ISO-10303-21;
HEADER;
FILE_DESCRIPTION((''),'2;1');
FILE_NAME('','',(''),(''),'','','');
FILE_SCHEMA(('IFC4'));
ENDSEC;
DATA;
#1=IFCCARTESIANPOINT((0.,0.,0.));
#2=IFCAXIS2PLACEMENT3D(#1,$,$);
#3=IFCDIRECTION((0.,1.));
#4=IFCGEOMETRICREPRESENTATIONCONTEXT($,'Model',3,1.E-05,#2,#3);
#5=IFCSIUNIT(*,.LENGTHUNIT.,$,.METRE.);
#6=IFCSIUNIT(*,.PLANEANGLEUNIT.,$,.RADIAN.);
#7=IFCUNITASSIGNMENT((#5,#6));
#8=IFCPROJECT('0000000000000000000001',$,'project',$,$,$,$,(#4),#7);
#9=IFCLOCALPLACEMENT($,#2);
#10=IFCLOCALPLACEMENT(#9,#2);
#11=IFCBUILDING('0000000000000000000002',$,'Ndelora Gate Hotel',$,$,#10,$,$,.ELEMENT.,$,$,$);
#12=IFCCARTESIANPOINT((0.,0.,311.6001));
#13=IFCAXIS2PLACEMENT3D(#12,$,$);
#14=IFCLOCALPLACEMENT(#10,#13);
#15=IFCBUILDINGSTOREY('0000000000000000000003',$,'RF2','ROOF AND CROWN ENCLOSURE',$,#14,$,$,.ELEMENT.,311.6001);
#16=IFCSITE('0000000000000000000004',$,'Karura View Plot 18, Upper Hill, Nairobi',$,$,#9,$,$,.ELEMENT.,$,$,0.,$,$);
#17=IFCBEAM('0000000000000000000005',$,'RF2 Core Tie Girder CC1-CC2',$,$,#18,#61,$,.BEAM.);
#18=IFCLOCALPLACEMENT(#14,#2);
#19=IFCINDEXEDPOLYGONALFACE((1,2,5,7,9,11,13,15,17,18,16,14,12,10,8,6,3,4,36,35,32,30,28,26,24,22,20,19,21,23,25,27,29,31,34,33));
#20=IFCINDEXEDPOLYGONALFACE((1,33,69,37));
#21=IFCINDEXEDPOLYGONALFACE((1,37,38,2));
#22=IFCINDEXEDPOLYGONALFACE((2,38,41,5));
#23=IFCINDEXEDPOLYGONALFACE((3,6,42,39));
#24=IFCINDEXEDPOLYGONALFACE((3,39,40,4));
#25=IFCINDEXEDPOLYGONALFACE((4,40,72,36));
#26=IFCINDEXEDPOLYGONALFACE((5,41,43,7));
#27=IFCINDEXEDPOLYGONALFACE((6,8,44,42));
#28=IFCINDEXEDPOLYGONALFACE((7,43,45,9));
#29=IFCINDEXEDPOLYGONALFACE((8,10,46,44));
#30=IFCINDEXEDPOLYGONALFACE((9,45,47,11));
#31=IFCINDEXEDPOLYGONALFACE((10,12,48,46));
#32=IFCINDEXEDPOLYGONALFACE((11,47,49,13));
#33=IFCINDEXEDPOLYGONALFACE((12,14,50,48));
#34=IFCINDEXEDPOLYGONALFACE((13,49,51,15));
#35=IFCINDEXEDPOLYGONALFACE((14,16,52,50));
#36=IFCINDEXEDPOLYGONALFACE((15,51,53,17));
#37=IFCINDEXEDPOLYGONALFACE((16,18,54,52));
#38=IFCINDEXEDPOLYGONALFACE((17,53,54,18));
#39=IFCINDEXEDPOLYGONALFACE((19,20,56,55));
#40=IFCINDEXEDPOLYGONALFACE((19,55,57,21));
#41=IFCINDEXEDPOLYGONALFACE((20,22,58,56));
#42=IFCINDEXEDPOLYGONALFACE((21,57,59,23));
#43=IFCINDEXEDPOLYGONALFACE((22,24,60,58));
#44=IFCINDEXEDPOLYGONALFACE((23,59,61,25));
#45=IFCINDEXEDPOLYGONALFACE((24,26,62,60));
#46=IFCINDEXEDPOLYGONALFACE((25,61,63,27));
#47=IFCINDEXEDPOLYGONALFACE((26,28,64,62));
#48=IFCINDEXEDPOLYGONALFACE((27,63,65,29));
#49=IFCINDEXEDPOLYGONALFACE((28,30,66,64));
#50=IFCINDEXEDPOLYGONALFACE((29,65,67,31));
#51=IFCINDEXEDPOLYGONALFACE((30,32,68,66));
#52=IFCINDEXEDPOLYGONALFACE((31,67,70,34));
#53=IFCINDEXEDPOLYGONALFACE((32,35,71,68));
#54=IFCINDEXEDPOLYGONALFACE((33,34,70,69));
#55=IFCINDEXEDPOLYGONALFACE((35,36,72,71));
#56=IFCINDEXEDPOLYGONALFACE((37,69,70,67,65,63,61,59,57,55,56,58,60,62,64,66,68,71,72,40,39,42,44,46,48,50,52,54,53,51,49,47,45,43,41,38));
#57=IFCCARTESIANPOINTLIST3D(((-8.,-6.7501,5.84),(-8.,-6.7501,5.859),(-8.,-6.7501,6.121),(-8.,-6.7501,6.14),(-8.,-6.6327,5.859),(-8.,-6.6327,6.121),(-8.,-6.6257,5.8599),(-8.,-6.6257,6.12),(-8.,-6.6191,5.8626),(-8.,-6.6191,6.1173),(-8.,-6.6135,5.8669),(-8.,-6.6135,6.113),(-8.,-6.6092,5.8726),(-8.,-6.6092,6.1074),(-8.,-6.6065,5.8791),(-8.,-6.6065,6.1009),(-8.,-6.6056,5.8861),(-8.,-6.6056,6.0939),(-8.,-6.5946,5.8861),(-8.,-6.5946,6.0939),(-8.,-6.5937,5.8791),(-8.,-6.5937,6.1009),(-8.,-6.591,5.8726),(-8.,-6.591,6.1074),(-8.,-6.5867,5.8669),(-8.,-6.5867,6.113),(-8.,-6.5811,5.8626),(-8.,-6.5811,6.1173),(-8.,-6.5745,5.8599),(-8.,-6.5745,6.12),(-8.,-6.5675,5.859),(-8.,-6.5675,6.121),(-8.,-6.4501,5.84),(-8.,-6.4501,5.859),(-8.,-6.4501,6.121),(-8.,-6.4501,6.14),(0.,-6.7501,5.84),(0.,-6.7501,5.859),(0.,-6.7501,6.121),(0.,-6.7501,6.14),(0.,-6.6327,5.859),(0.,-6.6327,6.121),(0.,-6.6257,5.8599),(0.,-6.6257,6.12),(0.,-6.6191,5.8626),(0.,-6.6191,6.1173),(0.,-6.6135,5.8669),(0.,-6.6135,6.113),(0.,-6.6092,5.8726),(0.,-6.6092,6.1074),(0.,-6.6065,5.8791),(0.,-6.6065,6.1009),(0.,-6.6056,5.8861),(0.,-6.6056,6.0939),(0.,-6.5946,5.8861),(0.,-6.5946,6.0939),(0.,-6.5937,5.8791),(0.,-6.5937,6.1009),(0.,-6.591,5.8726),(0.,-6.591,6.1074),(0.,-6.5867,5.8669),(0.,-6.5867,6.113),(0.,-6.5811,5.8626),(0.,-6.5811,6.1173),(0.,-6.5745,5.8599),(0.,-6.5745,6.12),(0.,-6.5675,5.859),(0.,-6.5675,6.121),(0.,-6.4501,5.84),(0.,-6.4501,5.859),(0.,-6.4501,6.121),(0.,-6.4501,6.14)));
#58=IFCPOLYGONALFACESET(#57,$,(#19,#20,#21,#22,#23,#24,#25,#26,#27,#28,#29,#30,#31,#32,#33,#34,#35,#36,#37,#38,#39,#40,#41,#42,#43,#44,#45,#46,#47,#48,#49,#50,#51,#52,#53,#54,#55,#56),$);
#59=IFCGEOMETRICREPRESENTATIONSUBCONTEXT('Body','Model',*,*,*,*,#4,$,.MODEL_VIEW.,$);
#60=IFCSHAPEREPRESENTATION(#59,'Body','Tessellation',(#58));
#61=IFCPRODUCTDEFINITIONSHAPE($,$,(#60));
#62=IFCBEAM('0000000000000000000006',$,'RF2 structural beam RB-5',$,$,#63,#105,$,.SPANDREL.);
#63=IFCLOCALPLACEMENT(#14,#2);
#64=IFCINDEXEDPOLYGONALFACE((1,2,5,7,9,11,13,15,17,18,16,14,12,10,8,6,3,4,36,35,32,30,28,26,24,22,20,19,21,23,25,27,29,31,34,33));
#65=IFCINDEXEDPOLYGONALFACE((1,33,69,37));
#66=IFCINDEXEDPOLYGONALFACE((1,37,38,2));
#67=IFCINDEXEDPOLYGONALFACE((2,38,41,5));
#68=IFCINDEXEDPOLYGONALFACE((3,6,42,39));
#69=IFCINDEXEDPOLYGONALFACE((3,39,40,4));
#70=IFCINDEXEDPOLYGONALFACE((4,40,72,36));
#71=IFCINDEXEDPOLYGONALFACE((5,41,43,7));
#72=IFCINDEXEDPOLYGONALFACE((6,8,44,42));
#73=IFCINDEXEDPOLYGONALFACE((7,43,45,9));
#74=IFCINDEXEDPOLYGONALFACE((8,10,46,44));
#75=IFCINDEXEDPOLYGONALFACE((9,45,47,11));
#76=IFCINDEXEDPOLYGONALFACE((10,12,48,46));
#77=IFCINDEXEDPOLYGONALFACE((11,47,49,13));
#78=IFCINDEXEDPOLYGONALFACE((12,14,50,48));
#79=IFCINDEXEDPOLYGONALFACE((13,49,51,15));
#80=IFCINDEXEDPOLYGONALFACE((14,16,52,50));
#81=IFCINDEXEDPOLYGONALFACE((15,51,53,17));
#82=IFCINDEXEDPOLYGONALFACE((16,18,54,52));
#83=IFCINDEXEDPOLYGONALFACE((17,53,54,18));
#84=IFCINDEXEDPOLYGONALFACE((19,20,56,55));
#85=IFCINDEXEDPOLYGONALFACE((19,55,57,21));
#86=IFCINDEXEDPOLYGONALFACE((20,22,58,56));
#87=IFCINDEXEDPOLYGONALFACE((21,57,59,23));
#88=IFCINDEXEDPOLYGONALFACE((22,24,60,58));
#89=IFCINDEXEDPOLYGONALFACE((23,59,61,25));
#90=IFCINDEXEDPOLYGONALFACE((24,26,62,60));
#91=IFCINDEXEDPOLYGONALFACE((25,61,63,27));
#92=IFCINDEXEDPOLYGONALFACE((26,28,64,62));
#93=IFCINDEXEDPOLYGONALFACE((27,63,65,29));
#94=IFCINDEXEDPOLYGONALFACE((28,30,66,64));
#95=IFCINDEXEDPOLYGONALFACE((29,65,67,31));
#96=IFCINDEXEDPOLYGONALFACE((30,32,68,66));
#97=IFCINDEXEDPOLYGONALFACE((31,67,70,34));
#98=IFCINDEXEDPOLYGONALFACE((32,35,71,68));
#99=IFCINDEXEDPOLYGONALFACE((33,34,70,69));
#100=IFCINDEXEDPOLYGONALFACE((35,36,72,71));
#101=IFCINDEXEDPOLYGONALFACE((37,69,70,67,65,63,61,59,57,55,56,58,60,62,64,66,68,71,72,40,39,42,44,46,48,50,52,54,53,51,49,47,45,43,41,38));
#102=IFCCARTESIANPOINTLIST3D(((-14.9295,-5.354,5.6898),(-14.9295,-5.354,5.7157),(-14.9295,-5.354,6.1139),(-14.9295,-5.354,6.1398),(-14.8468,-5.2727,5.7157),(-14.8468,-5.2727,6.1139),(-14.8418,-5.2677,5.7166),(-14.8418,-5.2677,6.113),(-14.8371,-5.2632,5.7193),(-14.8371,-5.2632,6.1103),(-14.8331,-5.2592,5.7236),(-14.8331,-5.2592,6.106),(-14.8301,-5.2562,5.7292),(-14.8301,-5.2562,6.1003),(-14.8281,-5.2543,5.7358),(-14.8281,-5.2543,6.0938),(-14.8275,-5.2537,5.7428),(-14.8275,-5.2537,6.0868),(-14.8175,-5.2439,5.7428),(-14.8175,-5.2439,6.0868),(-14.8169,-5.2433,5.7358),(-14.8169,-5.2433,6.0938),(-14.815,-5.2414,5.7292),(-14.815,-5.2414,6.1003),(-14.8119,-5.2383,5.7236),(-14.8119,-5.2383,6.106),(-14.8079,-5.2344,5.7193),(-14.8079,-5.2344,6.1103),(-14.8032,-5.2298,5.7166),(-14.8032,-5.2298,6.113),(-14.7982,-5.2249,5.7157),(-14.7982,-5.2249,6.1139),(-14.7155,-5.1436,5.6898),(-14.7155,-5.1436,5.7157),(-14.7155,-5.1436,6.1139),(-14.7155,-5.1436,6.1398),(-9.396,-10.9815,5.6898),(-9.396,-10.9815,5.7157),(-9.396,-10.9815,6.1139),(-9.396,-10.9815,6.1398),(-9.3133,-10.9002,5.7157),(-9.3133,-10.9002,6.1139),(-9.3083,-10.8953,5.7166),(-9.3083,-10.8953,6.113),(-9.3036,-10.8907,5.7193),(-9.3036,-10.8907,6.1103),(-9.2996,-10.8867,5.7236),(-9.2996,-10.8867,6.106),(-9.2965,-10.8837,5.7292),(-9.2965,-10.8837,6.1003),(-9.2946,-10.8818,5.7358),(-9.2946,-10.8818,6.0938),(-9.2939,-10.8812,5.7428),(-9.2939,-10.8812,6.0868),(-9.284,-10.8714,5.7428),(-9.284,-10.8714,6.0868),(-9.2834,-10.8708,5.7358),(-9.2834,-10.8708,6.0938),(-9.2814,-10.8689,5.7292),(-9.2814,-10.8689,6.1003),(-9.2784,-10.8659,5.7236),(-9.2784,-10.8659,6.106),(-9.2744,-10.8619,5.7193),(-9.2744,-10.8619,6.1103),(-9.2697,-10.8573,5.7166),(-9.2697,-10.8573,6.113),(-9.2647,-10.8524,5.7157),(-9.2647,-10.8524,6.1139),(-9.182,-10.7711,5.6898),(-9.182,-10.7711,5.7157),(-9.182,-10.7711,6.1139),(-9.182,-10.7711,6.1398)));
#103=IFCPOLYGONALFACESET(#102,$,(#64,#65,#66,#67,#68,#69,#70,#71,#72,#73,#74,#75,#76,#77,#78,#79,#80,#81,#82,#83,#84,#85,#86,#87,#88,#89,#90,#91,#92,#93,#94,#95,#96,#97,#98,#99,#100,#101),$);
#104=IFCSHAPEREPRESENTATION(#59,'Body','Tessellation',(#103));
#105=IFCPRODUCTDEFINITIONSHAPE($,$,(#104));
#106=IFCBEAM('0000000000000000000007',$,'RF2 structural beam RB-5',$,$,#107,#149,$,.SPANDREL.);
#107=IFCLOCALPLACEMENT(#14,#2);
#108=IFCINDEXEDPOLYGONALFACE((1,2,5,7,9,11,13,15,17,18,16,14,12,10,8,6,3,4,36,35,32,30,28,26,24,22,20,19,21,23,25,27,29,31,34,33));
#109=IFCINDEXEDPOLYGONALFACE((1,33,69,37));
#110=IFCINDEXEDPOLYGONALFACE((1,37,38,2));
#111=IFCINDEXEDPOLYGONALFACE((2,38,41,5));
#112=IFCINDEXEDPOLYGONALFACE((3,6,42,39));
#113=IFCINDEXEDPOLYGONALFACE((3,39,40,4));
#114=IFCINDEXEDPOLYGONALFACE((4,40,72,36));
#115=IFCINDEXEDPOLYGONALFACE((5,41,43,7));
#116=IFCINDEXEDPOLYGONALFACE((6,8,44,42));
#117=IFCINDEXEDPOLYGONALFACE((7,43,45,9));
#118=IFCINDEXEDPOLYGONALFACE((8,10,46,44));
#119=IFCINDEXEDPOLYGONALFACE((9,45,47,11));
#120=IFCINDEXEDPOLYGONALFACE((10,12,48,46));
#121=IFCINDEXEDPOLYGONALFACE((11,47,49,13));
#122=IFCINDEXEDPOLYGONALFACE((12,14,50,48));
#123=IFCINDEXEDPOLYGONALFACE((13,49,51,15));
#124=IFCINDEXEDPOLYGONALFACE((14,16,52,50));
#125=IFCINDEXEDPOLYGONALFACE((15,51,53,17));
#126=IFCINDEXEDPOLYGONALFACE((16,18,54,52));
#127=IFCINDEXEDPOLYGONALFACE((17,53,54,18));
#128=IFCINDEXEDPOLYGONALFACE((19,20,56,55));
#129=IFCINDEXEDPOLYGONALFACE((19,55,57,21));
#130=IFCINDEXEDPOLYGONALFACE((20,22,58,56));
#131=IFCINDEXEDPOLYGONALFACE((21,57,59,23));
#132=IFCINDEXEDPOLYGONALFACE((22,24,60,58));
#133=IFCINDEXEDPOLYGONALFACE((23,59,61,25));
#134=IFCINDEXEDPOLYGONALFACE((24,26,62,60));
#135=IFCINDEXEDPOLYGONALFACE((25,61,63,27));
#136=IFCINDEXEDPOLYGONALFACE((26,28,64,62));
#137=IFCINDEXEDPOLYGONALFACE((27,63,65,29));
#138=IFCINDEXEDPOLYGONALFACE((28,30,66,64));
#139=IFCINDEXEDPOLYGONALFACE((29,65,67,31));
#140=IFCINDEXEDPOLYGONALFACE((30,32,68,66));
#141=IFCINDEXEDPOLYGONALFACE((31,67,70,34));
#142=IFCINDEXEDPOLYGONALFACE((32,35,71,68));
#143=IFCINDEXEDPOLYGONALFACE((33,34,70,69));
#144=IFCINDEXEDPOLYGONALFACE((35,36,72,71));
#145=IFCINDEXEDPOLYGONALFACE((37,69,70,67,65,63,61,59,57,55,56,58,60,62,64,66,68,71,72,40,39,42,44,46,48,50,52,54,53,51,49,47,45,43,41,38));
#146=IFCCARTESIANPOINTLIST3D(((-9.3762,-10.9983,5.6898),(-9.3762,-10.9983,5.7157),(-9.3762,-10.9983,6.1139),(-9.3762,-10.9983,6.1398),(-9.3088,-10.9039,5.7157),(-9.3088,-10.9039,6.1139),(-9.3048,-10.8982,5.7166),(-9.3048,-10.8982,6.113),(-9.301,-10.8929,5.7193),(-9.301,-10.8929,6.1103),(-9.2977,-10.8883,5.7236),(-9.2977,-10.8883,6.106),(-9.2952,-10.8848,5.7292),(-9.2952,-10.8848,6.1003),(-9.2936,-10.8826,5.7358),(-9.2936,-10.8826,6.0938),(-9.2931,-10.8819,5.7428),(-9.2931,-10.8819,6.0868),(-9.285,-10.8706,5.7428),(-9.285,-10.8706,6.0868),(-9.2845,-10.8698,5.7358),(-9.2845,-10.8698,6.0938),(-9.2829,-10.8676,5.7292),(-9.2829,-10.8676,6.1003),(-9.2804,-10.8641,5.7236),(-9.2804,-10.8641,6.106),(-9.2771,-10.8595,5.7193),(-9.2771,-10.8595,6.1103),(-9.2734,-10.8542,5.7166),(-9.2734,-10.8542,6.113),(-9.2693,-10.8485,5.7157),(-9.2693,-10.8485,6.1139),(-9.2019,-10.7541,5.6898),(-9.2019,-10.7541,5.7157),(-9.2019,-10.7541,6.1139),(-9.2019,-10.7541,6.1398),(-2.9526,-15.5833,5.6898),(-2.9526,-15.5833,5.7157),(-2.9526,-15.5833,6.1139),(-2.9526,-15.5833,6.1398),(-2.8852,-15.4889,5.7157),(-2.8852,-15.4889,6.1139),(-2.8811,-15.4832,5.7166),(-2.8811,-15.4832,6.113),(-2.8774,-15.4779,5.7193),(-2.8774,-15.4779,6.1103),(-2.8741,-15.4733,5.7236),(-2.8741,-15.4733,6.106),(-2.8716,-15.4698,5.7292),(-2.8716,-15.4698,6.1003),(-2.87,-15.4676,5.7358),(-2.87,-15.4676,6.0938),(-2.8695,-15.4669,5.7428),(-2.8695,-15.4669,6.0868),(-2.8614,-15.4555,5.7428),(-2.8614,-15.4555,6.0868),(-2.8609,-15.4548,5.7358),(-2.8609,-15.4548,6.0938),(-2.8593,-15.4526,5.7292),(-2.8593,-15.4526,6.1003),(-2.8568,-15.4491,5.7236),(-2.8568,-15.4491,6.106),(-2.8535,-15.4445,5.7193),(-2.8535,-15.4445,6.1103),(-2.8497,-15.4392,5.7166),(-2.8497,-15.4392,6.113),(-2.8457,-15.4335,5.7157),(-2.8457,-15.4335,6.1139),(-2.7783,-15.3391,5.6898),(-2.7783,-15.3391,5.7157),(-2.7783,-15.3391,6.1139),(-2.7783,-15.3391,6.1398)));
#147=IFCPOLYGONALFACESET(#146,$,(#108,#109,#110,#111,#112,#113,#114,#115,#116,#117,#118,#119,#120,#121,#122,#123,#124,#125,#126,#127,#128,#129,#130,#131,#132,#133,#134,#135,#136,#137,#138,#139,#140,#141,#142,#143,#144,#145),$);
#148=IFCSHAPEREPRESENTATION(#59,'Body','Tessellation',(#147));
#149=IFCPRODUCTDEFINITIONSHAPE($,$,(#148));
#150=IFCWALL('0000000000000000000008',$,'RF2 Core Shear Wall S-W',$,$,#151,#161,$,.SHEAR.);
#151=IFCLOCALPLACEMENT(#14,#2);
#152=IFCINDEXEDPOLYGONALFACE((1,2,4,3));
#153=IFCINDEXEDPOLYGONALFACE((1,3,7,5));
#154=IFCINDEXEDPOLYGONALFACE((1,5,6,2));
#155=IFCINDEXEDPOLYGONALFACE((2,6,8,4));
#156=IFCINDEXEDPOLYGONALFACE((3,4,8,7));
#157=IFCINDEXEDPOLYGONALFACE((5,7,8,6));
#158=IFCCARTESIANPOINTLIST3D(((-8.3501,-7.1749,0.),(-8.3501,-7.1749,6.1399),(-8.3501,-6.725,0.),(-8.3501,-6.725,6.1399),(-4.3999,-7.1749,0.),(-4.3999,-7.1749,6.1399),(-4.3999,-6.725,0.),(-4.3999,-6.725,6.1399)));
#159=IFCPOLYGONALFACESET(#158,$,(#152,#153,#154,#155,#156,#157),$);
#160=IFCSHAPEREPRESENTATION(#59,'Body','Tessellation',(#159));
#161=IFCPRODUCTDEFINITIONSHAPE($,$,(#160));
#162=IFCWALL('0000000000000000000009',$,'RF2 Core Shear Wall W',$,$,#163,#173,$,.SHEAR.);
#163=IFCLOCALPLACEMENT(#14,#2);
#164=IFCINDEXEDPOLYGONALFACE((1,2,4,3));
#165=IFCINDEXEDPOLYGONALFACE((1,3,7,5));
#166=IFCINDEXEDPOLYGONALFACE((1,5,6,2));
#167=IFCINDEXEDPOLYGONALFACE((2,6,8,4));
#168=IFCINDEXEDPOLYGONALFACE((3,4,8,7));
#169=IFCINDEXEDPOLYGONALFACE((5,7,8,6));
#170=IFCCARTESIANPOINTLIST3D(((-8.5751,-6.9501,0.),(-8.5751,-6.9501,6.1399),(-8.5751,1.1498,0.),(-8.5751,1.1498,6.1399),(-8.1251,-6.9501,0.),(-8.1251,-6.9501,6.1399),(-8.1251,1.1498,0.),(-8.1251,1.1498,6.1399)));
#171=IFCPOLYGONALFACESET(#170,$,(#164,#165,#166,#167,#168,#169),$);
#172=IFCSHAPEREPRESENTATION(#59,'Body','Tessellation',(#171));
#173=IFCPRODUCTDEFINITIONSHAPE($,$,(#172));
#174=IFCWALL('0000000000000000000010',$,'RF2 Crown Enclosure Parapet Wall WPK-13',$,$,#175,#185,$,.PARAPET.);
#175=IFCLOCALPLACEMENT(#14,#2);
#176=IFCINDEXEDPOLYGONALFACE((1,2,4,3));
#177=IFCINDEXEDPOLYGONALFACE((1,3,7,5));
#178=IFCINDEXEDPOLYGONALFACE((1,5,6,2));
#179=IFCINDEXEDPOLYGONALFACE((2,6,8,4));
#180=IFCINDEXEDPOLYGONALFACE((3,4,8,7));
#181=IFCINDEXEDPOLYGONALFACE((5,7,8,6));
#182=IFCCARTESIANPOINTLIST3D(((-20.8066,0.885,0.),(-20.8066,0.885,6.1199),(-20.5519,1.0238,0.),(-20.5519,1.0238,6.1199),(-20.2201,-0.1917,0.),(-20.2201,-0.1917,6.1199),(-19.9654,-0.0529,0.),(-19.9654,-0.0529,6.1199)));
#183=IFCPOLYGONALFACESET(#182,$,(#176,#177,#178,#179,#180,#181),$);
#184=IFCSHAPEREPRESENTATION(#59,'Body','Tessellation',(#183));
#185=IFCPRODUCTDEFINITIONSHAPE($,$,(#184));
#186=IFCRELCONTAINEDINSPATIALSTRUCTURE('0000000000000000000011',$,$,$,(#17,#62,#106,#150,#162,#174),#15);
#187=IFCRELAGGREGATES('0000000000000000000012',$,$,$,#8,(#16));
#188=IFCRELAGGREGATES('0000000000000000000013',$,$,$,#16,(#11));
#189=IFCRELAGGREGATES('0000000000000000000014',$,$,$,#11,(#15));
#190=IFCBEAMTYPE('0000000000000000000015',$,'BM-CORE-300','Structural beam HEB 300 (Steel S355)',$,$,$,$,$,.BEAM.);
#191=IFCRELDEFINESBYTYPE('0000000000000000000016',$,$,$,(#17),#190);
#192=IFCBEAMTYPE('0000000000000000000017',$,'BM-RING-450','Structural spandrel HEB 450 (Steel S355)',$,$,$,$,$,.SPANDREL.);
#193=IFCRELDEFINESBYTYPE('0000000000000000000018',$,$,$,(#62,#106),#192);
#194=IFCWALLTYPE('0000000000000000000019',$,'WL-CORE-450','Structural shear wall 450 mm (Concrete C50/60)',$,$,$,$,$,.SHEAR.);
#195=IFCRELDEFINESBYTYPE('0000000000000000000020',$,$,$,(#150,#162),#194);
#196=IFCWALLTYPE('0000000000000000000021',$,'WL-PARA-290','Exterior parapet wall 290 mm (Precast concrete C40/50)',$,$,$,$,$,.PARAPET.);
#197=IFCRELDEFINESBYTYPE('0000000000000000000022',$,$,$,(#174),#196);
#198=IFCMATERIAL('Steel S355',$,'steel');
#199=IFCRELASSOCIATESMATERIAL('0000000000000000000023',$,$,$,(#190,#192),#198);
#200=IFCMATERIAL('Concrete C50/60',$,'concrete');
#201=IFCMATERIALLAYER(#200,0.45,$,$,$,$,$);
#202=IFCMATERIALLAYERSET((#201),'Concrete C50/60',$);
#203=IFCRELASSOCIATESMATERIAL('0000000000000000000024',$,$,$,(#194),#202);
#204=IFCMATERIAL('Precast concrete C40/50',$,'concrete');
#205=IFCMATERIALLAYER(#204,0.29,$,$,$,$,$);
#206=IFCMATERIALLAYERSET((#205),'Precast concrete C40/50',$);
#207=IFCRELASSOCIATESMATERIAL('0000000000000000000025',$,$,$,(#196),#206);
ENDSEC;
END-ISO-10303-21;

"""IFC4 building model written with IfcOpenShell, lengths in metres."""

from ifc_helpers import new_model, si_unit, direction, frame, frame_2d, origin, origin_2d, place, context, subcontext, project, spatial, rectangle, i_section, extrude, material, layer, layer_set, material_profile, profile_set, type_object, element, save


model = new_model("IFC4")

# Units and contexts
model_context = context("Model", 3, precision=1e-05, world=origin(), true_north=direction((0.0, 1.0)))
body_context = subcontext(model_context, "Body", "Model", "MODEL_VIEW")
ifc_project = project(units=[si_unit("LENGTHUNIT", "METRE"), si_unit("PLANEANGLEUNIT", "RADIAN")], contexts=[model_context])

# Site, building, storey
site_placement = place(None, origin())
site = spatial("IfcSite", under=ifc_project, at=site_placement, Name="Karura View Plot 18, Upper Hill, Nairobi", CompositionType="ELEMENT", RefElevation=0.0)
building_placement = place(site_placement, origin())
building = spatial("IfcBuilding", under=site, at=building_placement, Name="Ndelora Gate Hotel", CompositionType="ELEMENT")
storey_placement = place(building_placement, frame((0.0, 0.0, 311.6001)))
storey = spatial("IfcBuildingStorey", under=building, at=storey_placement, Name="RF2", Description="ROOF AND CROWN ENCLOSURE", CompositionType="ELEMENT", Elevation=311.6001)

# Shared definitions
ifc_material_1 = material(Name="Concrete C50/60", Category="concrete")

# Beams
ifc_material_2 = material(Name="Steel S355", Category="steel")
ifc_material_profile_1 = material_profile(ifc_material_2, i_section(OverallWidth=0.3, OverallDepth=0.3, WebThickness=0.011, FlangeThickness=0.019, FilletRadius=0.0271, at=origin_2d()), Name="HEB 300")
ifc_profile_set_1 = profile_set([ifc_material_profile_1], Name="Steel S355")
beam_type_1 = type_object("IfcBeamType", Name="BM-CORE-300", Description="Structural beam HEB 300 (Steel S355)", PredefinedType="BEAM", material=ifc_profile_set_1)
beam_1_placement = place(storey_placement, frame((-8.0, -6.6001, 5.99), z_axis=(1.0, 0.0, 0.0), x_axis=(0.0, 1.0, 0.0)))
element("IfcBeam", 1, at=beam_1_placement, inside=storey, type_object=beam_type_1, Name="RF2 Core Tie Girder CC1-CC2", PredefinedType="BEAM", context=body_context, shape_type="SweptSolid", body=[
    extrude(i_section(OverallWidth=0.3, OverallDepth=0.3, WebThickness=0.011, FlangeThickness=0.019, FilletRadius=0.0271, at=origin_2d()), origin(), (0.0, 0.0, 1.0), 8.0),
])
ifc_material_profile_2 = material_profile(ifc_material_2, i_section(OverallWidth=0.3, OverallDepth=0.45, WebThickness=0.0139, FlangeThickness=0.0259, FilletRadius=0.0271, at=origin_2d()), Name="HEB 450")
ifc_profile_set_2 = profile_set([ifc_material_profile_2], Name="Steel S355")
beam_type_2 = type_object("IfcBeamType", Name="BM-RING-450", Description="Structural spandrel HEB 450 (Steel S355)", PredefinedType="SPANDREL", material=ifc_profile_set_2)
beam_2_placement = place(storey_placement, frame((-14.8225, -5.2488, 5.9148), z_axis=(0.701127, -0.713037, 0.0), x_axis=(0.713037, 0.701127, 0.0)))
element("IfcBeam", 2, at=beam_2_placement, inside=storey, type_object=beam_type_2, Name="RF2 structural beam RB-5", PredefinedType="SPANDREL", context=body_context, shape_type="SweptSolid", body=[
    extrude(i_section(OverallWidth=0.3, OverallDepth=0.45, WebThickness=0.0139, FlangeThickness=0.0259, FilletRadius=0.0271, at=origin_2d()), origin(), (0.0, 0.0, 1.0), 7.8923),
])
beam_3_placement = place(storey_placement, frame((-9.2891, -10.8762, 5.9148), z_axis=(0.813932, -0.58096, 0.0), x_axis=(0.58096, 0.813932, 0.0)))
element("IfcBeam", 3, at=beam_3_placement, inside=storey, type_object=beam_type_2, Name="RF2 structural beam RB-5", PredefinedType="SPANDREL", context=body_context, shape_type="SweptSolid", body=[
    extrude(i_section(OverallWidth=0.3, OverallDepth=0.45, WebThickness=0.0139, FlangeThickness=0.0259, FilletRadius=0.0271, at=origin_2d()), origin(), (0.0, 0.0, 1.0), 7.8921),
])

# Walls
ifc_layer_1 = layer(ifc_material_1, 0.45)
ifc_layer_set_1 = layer_set([ifc_layer_1], Name="Concrete C50/60")
wall_type_1 = type_object("IfcWallType", Name="WL-CORE-450", Description="Structural shear wall 450 mm (Concrete C50/60)", PredefinedType="SHEAR", material=ifc_layer_set_1)
wall_1_placement = place(storey_placement, frame((-8.3501, -6.95, 0.0), z_axis=(0.0, 0.0, 1.0), x_axis=(1.0, 0.0, 0.0)))
element("IfcWall", 4, at=wall_1_placement, inside=storey, type_object=wall_type_1, Name="RF2 Core Shear Wall S-W", PredefinedType="SHEAR", context=body_context, shape_type="SweptSolid", body=[
    extrude(rectangle(XDim=3.9502, YDim=0.45, at=frame_2d((1.9751, 0.0))), origin(), (0.0, 0.0, 1.0), 6.1399),
])
wall_2_placement = place(storey_placement, frame((-8.3501, -6.95, 0.0), z_axis=(0.0, 0.0, 1.0), x_axis=(0.0, 1.0, 0.0)))
element("IfcWall", 5, at=wall_2_placement, inside=storey, type_object=wall_type_1, Name="RF2 Core Shear Wall W", PredefinedType="SHEAR", context=body_context, shape_type="SweptSolid", body=[
    extrude(rectangle(XDim=8.0999, YDim=0.45, at=frame_2d((4.0498, 0.0))), origin(), (0.0, 0.0, 1.0), 6.1399),
])
ifc_material_3 = material(Name="Precast concrete C40/50", Category="concrete")
ifc_layer_2 = layer(ifc_material_3, 0.29)
ifc_layer_set_2 = layer_set([ifc_layer_2], Name="Precast concrete C40/50")
wall_type_2 = type_object("IfcWallType", Name="WL-PARA-290", Description="Exterior parapet wall 290 mm (Precast concrete C40/50)", PredefinedType="PARAPET", material=ifc_layer_set_2)
wall_3_placement = place(storey_placement, frame((-20.0928, -0.1223, 0.0), z_axis=(0.0, 0.0, 1.0), x_axis=(-0.478322, 0.878185, 0.0)))
element("IfcWall", 6, at=wall_3_placement, inside=storey, type_object=wall_type_2, Name="RF2 Crown Enclosure Parapet Wall WPK-13", PredefinedType="PARAPET", context=body_context, shape_type="SweptSolid", body=[
    extrude(rectangle(XDim=1.2261, YDim=0.29, at=frame_2d((0.613, 0.0))), origin(), (0.0, 0.0, 1.0), 6.1199),
])

save(model, "model.ifc")
